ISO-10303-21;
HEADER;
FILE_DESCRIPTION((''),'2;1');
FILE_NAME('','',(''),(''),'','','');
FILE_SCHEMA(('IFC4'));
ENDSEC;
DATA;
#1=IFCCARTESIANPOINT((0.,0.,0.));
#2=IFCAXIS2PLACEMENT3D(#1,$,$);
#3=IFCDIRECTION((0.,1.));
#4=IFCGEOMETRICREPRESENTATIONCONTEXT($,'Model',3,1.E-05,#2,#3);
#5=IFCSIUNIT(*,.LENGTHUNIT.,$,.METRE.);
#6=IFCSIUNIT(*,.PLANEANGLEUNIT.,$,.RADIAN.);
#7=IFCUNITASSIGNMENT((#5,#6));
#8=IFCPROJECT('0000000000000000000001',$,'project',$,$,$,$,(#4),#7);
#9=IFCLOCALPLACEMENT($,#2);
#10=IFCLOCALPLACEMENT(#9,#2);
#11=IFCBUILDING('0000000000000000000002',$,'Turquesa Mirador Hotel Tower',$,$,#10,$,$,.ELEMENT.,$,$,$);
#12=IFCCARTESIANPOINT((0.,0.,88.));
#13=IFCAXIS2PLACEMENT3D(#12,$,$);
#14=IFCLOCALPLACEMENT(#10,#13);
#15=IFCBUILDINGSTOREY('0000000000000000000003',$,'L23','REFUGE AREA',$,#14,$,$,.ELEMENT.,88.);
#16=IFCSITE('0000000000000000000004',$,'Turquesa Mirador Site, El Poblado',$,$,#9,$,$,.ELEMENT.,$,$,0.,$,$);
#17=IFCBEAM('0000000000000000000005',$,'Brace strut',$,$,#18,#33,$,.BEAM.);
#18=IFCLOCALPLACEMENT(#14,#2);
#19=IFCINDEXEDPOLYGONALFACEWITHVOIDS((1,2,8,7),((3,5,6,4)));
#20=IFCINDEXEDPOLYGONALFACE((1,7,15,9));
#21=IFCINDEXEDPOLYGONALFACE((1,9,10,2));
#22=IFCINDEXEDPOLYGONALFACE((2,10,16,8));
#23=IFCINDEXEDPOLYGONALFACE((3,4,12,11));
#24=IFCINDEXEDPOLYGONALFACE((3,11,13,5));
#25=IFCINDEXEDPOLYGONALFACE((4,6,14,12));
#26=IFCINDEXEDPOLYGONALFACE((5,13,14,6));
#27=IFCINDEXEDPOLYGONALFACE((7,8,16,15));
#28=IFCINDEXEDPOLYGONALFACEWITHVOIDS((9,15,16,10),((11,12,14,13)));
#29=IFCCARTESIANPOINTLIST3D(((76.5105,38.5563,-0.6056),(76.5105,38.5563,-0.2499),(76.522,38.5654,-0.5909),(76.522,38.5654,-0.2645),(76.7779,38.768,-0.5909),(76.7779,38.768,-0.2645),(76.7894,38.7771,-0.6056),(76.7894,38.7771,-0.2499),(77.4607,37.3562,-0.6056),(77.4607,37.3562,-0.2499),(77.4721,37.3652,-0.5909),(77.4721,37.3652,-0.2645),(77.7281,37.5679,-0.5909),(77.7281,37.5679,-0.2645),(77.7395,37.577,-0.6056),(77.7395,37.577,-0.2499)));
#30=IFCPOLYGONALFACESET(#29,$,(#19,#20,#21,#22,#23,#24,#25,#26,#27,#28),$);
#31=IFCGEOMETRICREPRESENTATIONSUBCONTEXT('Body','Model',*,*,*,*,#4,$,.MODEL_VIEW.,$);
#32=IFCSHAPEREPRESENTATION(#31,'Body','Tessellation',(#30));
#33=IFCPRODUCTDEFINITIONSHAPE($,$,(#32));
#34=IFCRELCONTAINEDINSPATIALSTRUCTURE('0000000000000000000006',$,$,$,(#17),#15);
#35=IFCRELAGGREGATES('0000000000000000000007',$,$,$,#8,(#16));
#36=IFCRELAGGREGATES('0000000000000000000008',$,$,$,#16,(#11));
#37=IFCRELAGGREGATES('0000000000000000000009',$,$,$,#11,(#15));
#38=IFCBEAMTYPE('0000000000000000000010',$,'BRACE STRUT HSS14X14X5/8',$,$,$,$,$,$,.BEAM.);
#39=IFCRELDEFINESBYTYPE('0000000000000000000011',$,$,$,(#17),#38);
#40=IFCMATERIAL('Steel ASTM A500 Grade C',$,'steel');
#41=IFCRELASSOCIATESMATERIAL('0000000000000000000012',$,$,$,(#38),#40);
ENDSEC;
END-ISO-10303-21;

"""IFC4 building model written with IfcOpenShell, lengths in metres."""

from ifc_helpers import new_model, si_unit, direction, frame, origin, origin_2d, place, context, subcontext, project, spatial, hollow_rectangle, extrude, material, material_profile, profile_set, type_object, element, save


model = new_model("IFC4")

# Units and contexts
model_context = context("Model", 3, precision=1e-05, world=origin(), true_north=direction((0.0, 1.0)))
body_context = subcontext(model_context, "Body", "Model", "MODEL_VIEW")
ifc_project = project(units=[si_unit("LENGTHUNIT", "METRE"), si_unit("PLANEANGLEUNIT", "RADIAN")], contexts=[model_context])

# Site, building, storey
site_placement = place(None, origin())
site = spatial("IfcSite", under=ifc_project, at=site_placement, Name="Turquesa Mirador Site, El Poblado", CompositionType="ELEMENT", RefElevation=0.0)
building_placement = place(site_placement, origin())
building = spatial("IfcBuilding", under=site, at=building_placement, Name="Turquesa Mirador Hotel Tower", CompositionType="ELEMENT")
storey_placement = place(building_placement, frame((0.0, 0.0, 88.0)))
storey = spatial("IfcBuildingStorey", under=building, at=storey_placement, Name="L23", Description="REFUGE AREA", CompositionType="ELEMENT", Elevation=88.0)

# Beam
ifc_material_1 = material(Name="Steel ASTM A500 Grade C", Category="steel")
ifc_material_profile_1 = material_profile(ifc_material_1, hollow_rectangle(XDim=0.3557, YDim=0.3557, WallThickness=0.0146, at=origin_2d()), Name="HSS14X14X5/8")
ifc_profile_set_1 = profile_set([ifc_material_profile_1], Name="Steel ASTM A500 Grade C")
beam_type_1 = type_object("IfcBeamType", Name="BRACE STRUT HSS14X14X5/8", PredefinedType="BEAM", material=ifc_profile_set_1)
beam_1_placement = place(storey_placement, frame((77.6001, 37.4666, -0.4277), z_axis=(-0.620719, 0.784033, 0.0), x_axis=(-0.784033, -0.620719, 0.0)))
element("IfcBeam", 1, at=beam_1_placement, inside=storey, type_object=beam_type_1, Name="Brace strut", PredefinedType="BEAM", context=body_context, shape_type="SweptSolid", body=[
    extrude(hollow_rectangle(XDim=0.3557, YDim=0.3557, WallThickness=0.0146, at=origin_2d()), origin(), (0.0, 0.0, 1.0), 1.5308),
])

save(model, "model.ifc")
